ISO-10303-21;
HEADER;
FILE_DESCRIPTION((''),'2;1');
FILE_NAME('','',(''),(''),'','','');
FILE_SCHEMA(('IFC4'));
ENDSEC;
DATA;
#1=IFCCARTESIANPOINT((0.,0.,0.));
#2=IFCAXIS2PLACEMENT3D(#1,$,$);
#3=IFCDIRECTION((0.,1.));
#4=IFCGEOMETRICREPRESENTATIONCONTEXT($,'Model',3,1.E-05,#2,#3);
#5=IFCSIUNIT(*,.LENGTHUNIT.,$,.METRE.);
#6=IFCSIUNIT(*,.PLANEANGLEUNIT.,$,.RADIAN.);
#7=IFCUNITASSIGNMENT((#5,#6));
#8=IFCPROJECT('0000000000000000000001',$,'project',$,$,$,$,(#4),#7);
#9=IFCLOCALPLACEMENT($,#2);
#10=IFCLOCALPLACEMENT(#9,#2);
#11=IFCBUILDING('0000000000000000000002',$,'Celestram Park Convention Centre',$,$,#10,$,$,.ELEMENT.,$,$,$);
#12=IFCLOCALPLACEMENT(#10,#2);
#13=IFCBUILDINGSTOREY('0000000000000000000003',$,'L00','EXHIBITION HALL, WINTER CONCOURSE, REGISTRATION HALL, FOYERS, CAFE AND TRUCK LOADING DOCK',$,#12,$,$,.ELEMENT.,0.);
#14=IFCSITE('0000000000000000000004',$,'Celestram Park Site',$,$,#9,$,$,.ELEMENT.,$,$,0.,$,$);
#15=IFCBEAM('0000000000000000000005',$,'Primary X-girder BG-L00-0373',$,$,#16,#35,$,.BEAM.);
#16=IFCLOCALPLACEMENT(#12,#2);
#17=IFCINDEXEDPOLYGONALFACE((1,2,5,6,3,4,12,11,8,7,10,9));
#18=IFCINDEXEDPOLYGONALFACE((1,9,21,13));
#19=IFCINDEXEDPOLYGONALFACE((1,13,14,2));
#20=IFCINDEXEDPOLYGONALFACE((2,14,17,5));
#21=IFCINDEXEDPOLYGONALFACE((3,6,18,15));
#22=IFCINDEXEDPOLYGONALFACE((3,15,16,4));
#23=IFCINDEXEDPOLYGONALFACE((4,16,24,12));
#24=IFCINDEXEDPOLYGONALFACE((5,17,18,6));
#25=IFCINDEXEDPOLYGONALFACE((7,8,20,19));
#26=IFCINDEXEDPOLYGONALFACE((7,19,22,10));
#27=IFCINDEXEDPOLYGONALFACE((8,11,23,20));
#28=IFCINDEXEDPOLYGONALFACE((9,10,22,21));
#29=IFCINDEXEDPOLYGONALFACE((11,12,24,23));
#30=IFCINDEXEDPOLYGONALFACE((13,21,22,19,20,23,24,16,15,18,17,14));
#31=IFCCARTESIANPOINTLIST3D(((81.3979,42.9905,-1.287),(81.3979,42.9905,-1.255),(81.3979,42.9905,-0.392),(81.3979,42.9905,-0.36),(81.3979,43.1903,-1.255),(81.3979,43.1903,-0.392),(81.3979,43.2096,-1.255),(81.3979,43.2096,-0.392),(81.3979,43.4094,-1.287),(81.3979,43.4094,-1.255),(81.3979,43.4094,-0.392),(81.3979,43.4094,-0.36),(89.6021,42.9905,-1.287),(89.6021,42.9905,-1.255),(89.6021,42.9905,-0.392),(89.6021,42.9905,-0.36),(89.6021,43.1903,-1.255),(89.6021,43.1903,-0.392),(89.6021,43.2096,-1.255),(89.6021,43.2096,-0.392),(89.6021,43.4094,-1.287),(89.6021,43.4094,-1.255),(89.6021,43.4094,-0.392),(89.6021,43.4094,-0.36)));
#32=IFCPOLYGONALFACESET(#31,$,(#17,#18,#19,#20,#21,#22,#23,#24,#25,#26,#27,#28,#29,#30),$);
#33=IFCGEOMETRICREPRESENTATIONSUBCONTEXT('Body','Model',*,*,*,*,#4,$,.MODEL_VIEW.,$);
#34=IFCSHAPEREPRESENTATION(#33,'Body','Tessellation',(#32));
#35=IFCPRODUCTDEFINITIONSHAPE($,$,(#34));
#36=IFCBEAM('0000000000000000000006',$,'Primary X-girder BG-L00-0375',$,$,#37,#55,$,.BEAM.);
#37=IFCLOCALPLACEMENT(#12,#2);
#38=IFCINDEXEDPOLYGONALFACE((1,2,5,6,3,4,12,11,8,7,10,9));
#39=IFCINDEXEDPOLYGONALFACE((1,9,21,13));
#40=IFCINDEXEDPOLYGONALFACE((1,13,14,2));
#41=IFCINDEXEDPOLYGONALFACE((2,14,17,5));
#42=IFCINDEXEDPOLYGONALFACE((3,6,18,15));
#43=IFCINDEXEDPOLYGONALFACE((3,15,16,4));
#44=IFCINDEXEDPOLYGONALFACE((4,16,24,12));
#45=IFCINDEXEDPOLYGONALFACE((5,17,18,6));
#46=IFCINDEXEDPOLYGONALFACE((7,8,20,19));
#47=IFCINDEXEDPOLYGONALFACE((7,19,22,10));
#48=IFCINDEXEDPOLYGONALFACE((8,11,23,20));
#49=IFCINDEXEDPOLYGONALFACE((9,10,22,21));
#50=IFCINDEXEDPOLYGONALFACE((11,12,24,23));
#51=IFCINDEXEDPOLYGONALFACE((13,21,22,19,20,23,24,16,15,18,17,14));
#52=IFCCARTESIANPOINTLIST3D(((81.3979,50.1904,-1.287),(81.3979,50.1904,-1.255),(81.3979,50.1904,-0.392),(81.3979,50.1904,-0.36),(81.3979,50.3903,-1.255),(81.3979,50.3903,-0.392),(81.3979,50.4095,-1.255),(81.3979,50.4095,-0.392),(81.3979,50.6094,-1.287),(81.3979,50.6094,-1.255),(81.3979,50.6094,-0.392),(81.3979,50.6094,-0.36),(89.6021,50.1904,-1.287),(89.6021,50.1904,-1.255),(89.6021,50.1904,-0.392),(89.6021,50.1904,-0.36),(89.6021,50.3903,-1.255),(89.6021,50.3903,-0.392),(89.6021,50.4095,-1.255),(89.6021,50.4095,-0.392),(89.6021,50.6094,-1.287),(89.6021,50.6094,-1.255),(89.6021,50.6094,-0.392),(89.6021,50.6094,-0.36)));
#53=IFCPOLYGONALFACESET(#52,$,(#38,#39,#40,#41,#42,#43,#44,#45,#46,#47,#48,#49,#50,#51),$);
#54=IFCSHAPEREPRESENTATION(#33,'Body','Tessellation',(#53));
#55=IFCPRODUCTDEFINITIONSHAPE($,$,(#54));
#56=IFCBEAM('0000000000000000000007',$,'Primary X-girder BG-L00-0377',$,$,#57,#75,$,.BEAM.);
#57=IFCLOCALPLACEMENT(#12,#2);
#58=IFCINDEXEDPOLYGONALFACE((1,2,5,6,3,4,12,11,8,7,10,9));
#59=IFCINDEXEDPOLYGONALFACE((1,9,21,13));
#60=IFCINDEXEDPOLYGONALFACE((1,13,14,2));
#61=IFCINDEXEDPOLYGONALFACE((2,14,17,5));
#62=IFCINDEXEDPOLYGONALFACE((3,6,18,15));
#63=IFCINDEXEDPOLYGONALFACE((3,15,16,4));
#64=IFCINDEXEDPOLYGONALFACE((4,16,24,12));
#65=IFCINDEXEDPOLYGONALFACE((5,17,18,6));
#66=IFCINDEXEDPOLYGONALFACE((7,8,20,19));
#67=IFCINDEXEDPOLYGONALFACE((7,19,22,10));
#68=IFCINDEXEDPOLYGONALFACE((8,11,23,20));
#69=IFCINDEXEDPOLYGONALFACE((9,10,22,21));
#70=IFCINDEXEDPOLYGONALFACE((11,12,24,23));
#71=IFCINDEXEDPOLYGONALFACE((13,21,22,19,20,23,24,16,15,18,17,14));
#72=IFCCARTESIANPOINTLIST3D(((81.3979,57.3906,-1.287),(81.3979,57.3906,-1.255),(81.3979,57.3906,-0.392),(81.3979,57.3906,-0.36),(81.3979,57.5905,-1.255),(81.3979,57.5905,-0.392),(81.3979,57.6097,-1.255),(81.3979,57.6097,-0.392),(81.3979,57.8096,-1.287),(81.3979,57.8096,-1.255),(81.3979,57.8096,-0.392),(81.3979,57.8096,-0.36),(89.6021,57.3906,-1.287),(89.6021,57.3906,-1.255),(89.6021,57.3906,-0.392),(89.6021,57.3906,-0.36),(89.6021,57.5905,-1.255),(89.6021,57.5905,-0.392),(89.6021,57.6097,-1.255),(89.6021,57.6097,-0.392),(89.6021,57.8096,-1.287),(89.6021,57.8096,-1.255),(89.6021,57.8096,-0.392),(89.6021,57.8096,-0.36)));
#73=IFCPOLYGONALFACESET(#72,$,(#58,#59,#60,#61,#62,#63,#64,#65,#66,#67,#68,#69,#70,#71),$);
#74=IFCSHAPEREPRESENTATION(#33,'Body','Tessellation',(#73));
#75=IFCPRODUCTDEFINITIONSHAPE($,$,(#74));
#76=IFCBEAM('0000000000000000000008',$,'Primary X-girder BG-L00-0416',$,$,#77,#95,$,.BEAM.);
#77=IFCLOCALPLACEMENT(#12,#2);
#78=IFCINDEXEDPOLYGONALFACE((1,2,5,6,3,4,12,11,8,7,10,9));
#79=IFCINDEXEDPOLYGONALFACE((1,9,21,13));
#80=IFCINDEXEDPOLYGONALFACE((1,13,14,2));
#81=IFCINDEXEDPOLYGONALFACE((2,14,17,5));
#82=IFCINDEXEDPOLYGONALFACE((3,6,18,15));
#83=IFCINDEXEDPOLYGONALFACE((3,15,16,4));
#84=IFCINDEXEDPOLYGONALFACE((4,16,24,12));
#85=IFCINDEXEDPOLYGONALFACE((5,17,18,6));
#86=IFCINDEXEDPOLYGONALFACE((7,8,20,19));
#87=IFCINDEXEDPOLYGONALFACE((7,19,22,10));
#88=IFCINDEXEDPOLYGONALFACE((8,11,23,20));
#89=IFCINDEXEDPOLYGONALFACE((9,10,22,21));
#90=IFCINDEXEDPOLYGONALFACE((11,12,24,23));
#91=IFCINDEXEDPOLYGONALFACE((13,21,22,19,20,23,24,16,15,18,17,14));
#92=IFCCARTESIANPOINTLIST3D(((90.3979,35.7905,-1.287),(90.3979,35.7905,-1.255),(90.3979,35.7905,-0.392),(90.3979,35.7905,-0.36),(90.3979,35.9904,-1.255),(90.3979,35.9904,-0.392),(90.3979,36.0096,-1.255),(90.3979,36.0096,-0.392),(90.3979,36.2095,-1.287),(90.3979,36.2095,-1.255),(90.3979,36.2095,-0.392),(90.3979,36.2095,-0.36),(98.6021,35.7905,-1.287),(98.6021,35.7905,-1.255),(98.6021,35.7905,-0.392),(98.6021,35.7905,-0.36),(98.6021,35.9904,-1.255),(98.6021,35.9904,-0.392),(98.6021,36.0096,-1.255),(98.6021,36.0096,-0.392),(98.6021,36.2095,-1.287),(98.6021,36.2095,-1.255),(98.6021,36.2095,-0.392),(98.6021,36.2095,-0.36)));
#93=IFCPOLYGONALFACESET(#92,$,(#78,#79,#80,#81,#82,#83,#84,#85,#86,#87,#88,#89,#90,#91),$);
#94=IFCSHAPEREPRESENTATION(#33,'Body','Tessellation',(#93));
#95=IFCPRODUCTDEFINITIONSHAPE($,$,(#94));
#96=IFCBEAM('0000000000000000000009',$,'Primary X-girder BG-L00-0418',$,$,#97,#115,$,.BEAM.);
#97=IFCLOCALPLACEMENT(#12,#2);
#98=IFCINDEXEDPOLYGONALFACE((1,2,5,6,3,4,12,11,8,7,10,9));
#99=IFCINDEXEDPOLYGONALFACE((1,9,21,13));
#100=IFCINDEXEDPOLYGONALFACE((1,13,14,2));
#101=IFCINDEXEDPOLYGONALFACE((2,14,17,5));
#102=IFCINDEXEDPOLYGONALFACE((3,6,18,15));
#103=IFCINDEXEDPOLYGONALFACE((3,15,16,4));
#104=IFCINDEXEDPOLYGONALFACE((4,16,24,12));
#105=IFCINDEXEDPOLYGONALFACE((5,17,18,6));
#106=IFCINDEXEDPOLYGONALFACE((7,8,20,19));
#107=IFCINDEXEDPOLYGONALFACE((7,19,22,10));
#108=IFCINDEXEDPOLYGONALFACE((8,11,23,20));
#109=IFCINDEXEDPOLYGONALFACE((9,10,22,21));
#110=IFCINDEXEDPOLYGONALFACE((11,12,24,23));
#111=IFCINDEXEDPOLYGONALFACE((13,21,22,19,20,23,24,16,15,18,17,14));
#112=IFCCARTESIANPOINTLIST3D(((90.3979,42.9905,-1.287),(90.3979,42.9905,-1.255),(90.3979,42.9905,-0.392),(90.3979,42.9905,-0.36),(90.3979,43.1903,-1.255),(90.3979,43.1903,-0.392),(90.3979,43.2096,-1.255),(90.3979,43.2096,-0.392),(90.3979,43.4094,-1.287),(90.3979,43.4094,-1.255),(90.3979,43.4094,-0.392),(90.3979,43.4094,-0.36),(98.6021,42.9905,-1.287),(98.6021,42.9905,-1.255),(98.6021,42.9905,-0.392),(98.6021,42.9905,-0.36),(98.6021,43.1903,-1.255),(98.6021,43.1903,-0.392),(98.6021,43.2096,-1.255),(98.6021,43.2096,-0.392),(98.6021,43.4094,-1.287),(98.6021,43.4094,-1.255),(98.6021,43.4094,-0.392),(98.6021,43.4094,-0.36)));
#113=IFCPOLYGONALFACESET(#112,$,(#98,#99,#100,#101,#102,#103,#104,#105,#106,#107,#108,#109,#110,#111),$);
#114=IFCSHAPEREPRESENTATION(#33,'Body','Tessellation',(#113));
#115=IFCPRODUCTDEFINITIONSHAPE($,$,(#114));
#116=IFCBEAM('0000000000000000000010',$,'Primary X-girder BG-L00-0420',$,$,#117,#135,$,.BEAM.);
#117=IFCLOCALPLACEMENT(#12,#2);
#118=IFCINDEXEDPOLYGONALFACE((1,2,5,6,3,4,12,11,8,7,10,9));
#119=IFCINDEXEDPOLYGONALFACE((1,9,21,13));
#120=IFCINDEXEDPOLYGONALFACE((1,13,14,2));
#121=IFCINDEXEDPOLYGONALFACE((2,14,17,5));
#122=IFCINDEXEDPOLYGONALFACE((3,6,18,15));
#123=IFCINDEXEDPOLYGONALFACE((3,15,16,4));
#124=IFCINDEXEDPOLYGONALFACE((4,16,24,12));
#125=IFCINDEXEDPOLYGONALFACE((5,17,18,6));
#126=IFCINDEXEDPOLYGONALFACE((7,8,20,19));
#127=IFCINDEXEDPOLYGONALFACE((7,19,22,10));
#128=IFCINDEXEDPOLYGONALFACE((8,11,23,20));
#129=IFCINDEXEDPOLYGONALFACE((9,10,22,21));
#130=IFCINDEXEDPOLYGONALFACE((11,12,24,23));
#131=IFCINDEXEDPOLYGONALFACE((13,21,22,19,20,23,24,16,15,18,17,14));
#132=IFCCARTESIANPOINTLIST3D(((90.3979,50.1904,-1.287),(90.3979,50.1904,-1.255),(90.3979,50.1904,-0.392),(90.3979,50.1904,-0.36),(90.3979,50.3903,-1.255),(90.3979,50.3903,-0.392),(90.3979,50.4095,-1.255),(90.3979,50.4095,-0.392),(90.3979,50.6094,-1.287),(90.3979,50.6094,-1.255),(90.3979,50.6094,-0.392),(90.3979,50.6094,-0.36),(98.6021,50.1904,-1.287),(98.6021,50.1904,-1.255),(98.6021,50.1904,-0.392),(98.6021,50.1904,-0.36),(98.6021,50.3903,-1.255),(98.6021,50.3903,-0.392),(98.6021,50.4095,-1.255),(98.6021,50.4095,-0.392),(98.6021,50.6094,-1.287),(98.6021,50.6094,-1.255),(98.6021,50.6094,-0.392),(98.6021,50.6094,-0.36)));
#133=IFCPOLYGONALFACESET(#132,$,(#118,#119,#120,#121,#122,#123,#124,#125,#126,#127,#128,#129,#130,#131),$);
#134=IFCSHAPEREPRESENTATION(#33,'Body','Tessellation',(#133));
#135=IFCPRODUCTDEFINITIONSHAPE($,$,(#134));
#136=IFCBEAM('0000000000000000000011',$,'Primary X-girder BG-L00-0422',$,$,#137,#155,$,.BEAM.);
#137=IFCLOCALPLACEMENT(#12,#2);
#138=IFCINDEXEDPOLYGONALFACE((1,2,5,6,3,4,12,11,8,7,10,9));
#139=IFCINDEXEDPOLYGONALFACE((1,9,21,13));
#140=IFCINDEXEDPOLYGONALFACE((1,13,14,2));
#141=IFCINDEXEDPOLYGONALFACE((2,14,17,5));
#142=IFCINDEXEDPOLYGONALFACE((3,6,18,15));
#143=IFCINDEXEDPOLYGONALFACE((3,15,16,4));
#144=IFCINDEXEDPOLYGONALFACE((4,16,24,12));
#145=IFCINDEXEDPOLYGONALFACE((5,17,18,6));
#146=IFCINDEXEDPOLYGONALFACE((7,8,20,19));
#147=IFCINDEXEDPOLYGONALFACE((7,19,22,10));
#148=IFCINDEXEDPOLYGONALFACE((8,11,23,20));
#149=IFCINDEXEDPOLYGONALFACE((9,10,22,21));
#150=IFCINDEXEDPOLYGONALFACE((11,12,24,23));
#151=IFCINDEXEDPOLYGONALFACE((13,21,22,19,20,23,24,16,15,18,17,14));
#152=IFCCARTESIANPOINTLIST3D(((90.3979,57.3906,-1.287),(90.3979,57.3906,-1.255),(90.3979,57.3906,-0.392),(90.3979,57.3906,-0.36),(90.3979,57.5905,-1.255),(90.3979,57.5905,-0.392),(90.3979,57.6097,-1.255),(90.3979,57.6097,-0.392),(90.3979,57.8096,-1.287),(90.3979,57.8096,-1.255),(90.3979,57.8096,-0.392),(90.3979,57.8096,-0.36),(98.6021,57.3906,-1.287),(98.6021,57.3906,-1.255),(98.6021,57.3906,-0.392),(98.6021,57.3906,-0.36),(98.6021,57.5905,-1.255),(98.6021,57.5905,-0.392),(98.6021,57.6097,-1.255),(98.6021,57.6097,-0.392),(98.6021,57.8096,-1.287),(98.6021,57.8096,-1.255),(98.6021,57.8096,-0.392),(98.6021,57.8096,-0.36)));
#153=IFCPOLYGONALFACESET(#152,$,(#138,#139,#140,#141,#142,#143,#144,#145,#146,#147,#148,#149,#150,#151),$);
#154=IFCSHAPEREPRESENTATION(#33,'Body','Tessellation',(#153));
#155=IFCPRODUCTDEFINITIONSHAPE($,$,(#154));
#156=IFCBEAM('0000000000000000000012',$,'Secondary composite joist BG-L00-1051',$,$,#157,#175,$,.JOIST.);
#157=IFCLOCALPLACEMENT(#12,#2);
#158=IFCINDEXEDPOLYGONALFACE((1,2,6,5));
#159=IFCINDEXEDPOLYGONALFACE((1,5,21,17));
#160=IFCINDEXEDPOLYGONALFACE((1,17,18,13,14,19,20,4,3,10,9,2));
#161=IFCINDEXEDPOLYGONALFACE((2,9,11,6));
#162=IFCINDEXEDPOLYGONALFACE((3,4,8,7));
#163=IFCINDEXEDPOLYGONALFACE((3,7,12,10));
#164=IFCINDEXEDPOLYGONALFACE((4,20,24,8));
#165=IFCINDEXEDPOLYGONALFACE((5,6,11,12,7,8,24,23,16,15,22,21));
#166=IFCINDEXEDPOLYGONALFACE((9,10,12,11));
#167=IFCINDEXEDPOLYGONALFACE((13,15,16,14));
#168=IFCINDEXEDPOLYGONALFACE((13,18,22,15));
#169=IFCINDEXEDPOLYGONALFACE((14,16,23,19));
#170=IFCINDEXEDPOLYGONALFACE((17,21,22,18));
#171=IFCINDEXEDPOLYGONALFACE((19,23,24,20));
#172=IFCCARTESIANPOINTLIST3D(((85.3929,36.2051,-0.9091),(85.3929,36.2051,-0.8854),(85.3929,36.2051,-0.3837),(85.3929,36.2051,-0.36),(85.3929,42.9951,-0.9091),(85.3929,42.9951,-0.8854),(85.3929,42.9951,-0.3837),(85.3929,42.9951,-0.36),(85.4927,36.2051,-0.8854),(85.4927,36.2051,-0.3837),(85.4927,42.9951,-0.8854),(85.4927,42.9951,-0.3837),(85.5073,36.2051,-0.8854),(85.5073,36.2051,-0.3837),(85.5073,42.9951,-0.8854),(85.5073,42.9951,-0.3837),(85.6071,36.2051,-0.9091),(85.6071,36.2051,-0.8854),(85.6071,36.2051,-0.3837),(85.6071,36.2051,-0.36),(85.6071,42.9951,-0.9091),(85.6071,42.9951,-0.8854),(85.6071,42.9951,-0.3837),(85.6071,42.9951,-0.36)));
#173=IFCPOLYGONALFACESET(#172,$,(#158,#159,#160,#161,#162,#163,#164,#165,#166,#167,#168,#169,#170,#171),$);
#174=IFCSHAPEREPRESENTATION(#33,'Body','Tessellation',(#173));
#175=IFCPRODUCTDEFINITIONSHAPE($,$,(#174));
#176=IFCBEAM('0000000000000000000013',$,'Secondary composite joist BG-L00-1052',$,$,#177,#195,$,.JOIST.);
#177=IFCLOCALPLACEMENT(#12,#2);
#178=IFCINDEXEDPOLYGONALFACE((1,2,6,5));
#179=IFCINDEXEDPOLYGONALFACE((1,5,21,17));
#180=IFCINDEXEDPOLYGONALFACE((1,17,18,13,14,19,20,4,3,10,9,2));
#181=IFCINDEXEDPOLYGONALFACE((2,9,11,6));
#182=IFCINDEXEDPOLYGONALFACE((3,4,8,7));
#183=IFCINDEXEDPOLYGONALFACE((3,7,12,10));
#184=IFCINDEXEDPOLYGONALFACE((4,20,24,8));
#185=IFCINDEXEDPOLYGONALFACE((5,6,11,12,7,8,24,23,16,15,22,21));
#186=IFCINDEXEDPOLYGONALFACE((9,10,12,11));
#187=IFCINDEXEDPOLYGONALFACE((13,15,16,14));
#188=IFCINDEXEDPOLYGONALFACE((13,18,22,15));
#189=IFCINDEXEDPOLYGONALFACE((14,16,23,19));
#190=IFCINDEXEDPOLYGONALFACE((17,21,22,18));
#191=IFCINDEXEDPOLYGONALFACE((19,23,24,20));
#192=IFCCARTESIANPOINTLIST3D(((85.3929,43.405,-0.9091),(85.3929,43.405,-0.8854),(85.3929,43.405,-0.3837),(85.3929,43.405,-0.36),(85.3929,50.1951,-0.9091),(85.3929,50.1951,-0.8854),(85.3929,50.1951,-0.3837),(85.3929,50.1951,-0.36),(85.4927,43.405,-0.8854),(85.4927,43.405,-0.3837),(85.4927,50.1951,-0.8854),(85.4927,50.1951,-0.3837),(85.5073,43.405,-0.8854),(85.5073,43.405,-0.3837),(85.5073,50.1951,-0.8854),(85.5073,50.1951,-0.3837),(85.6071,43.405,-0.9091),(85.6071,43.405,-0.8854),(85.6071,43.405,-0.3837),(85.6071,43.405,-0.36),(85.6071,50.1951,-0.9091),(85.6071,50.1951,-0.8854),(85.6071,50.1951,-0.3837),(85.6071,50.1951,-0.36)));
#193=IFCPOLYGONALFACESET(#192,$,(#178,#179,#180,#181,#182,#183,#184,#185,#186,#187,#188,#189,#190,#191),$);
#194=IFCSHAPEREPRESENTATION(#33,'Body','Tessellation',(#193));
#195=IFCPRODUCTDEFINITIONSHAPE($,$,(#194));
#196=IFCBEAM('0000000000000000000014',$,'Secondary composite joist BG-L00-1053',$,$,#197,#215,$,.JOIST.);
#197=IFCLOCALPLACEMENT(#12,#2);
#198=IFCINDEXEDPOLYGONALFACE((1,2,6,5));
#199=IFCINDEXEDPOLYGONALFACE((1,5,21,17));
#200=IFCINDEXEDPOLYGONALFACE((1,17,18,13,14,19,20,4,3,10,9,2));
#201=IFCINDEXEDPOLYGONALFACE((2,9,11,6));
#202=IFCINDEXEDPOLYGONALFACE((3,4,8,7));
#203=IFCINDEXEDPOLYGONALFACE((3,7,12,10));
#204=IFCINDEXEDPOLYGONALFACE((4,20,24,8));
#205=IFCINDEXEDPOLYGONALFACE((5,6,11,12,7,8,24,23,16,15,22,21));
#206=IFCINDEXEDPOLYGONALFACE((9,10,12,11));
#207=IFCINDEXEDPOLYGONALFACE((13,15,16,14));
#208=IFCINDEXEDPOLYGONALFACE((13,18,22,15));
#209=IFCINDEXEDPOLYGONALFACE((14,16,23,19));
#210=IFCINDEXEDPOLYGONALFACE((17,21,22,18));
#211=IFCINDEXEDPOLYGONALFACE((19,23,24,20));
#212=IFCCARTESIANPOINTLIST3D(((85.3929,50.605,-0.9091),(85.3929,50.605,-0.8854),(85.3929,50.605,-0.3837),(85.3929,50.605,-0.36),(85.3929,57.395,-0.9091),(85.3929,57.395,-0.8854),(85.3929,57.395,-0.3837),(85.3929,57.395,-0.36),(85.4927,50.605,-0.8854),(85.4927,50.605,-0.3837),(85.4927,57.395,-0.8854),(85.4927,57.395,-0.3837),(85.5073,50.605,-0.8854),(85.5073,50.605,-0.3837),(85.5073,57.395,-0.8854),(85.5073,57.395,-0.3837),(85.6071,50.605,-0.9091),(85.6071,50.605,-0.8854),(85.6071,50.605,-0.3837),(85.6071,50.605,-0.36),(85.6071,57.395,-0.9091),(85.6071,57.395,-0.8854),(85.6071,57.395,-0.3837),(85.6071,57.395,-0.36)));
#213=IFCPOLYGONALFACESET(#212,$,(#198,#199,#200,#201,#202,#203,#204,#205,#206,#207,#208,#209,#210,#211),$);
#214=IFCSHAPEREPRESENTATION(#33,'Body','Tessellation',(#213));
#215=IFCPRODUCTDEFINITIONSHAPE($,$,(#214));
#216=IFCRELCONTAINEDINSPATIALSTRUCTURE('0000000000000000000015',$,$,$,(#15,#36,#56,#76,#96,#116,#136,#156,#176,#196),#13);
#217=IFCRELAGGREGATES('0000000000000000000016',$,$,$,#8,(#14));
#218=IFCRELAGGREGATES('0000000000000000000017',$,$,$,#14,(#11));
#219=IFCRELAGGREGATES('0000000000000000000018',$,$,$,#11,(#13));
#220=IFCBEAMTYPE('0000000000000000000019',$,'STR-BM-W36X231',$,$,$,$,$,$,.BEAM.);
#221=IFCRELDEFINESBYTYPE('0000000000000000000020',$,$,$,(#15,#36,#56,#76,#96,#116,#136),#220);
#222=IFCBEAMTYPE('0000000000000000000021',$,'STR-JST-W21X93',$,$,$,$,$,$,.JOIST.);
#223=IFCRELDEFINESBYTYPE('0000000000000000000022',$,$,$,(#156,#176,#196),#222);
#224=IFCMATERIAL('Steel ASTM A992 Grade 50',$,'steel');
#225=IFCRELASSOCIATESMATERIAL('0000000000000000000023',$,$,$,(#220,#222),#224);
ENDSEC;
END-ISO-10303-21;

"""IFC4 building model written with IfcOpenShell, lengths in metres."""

from ifc_helpers import new_model, si_unit, direction, frame, origin, origin_2d, place, context, subcontext, project, spatial, i_section, extrude, material, material_profile, profile_set, type_object, element, save


model = new_model("IFC4")

# Units and contexts
model_context = context("Model", 3, precision=1e-05, world=origin(), true_north=direction((0.0, 1.0)))
body_context = subcontext(model_context, "Body", "Model", "MODEL_VIEW")
ifc_project = project(units=[si_unit("LENGTHUNIT", "METRE"), si_unit("PLANEANGLEUNIT", "RADIAN")], contexts=[model_context])

# Site, building, storey
site_placement = place(None, origin())
site = spatial("IfcSite", under=ifc_project, at=site_placement, Name="Celestram Park Site", CompositionType="ELEMENT", RefElevation=0.0)
building_placement = place(site_placement, origin())
building = spatial("IfcBuilding", under=site, at=building_placement, Name="Celestram Park Convention Centre", CompositionType="ELEMENT")
storey_placement = place(building_placement, origin())
storey = spatial("IfcBuildingStorey", under=building, at=storey_placement, Name="L00", Description="EXHIBITION HALL, WINTER CONCOURSE, REGISTRATION HALL, FOYERS, CAFE AND TRUCK LOADING DOCK", CompositionType="ELEMENT", Elevation=0.0)

# Beams
ifc_material_1 = material(Name="Steel ASTM A992 Grade 50", Category="steel")
ifc_material_profile_1 = material_profile(ifc_material_1, i_section(OverallWidth=0.4189, OverallDepth=0.927, WebThickness=0.0193, FlangeThickness=0.032, at=origin_2d()), Name="W36X231")
ifc_profile_set_1 = profile_set([ifc_material_profile_1], Name="Steel ASTM A992 Grade 50")
beam_type_1 = type_object("IfcBeamType", Name="STR-BM-W36X231", PredefinedType="BEAM", material=ifc_profile_set_1)
for number, where, z_axis, x_axis, name in (
    (1, (81.3979, 43.2, -0.8235), (1.0, 0.0, 0.0), (0.0, 1.0, 0.0), "Primary X-girder BG-L00-0373"),
    (2, (81.3979, 50.3999, -0.8235), (1.0, 0.0, 0.0), (0.0, 1.0, 0.0), "Primary X-girder BG-L00-0375"),
    (3, (81.3979, 57.6001, -0.8235), (1.0, 0.0, 0.0), (0.0, 1.0, 0.0), "Primary X-girder BG-L00-0377"),
    (4, (90.3979, 36.0, -0.8235), (1.0, 0.0, 0.0), (0.0, 1.0, 0.0), "Primary X-girder BG-L00-0416"),
    (5, (90.3979, 43.2, -0.8235), (1.0, 0.0, 0.0), (0.0, 1.0, 0.0), "Primary X-girder BG-L00-0418"),
    (6, (90.3979, 50.3999, -0.8235), (1.0, 0.0, 0.0), (0.0, 1.0, 0.0), "Primary X-girder BG-L00-0420"),
    (7, (90.3979, 57.6001, -0.8235), (1.0, 0.0, 0.0), (0.0, 1.0, 0.0), "Primary X-girder BG-L00-0422"),
):
    element("IfcBeam", number, at=place(storey_placement, frame(where, z_axis=z_axis, x_axis=x_axis)), inside=storey, type_object=beam_type_1, Name=name, PredefinedType="BEAM", context=body_context, shape_type="SweptSolid", body=[
        extrude(i_section(OverallWidth=0.4189, OverallDepth=0.927, WebThickness=0.0193, FlangeThickness=0.032, at=origin_2d()), origin(), (0.0, 0.0, 1.0), 8.2041),
    ])
ifc_material_profile_2 = material_profile(ifc_material_1, i_section(OverallWidth=0.2141, OverallDepth=0.5491, WebThickness=0.0146, FlangeThickness=0.0237, at=origin_2d()), Name="W21X93")
ifc_profile_set_2 = profile_set([ifc_material_profile_2], Name="Steel ASTM A992 Grade 50")
beam_type_2 = type_object("IfcBeamType", Name="STR-JST-W21X93", PredefinedType="JOIST", material=ifc_profile_set_2)
for number, where, z_axis, x_axis, name in (
    (8, (85.5, 36.2051, -0.6345), (0.0, 1.0, 0.0), (-1.0, 0.0, 0.0), "Secondary composite joist BG-L00-1051"),
    (9, (85.5, 43.405, -0.6345), (0.0, 1.0, 0.0), (-1.0, 0.0, 0.0), "Secondary composite joist BG-L00-1052"),
    (10, (85.5, 50.605, -0.6345), (0.0, 1.0, 0.0), (-1.0, 0.0, 0.0), "Secondary composite joist BG-L00-1053"),
):
    element("IfcBeam", number, at=place(storey_placement, frame(where, z_axis=z_axis, x_axis=x_axis)), inside=storey, type_object=beam_type_2, Name=name, PredefinedType="JOIST", context=body_context, shape_type="SweptSolid", body=[
        extrude(i_section(OverallWidth=0.2141, OverallDepth=0.5491, WebThickness=0.0146, FlangeThickness=0.0237, at=origin_2d()), origin(), (0.0, 0.0, 1.0), 6.79),
    ])

save(model, "model.ifc")
